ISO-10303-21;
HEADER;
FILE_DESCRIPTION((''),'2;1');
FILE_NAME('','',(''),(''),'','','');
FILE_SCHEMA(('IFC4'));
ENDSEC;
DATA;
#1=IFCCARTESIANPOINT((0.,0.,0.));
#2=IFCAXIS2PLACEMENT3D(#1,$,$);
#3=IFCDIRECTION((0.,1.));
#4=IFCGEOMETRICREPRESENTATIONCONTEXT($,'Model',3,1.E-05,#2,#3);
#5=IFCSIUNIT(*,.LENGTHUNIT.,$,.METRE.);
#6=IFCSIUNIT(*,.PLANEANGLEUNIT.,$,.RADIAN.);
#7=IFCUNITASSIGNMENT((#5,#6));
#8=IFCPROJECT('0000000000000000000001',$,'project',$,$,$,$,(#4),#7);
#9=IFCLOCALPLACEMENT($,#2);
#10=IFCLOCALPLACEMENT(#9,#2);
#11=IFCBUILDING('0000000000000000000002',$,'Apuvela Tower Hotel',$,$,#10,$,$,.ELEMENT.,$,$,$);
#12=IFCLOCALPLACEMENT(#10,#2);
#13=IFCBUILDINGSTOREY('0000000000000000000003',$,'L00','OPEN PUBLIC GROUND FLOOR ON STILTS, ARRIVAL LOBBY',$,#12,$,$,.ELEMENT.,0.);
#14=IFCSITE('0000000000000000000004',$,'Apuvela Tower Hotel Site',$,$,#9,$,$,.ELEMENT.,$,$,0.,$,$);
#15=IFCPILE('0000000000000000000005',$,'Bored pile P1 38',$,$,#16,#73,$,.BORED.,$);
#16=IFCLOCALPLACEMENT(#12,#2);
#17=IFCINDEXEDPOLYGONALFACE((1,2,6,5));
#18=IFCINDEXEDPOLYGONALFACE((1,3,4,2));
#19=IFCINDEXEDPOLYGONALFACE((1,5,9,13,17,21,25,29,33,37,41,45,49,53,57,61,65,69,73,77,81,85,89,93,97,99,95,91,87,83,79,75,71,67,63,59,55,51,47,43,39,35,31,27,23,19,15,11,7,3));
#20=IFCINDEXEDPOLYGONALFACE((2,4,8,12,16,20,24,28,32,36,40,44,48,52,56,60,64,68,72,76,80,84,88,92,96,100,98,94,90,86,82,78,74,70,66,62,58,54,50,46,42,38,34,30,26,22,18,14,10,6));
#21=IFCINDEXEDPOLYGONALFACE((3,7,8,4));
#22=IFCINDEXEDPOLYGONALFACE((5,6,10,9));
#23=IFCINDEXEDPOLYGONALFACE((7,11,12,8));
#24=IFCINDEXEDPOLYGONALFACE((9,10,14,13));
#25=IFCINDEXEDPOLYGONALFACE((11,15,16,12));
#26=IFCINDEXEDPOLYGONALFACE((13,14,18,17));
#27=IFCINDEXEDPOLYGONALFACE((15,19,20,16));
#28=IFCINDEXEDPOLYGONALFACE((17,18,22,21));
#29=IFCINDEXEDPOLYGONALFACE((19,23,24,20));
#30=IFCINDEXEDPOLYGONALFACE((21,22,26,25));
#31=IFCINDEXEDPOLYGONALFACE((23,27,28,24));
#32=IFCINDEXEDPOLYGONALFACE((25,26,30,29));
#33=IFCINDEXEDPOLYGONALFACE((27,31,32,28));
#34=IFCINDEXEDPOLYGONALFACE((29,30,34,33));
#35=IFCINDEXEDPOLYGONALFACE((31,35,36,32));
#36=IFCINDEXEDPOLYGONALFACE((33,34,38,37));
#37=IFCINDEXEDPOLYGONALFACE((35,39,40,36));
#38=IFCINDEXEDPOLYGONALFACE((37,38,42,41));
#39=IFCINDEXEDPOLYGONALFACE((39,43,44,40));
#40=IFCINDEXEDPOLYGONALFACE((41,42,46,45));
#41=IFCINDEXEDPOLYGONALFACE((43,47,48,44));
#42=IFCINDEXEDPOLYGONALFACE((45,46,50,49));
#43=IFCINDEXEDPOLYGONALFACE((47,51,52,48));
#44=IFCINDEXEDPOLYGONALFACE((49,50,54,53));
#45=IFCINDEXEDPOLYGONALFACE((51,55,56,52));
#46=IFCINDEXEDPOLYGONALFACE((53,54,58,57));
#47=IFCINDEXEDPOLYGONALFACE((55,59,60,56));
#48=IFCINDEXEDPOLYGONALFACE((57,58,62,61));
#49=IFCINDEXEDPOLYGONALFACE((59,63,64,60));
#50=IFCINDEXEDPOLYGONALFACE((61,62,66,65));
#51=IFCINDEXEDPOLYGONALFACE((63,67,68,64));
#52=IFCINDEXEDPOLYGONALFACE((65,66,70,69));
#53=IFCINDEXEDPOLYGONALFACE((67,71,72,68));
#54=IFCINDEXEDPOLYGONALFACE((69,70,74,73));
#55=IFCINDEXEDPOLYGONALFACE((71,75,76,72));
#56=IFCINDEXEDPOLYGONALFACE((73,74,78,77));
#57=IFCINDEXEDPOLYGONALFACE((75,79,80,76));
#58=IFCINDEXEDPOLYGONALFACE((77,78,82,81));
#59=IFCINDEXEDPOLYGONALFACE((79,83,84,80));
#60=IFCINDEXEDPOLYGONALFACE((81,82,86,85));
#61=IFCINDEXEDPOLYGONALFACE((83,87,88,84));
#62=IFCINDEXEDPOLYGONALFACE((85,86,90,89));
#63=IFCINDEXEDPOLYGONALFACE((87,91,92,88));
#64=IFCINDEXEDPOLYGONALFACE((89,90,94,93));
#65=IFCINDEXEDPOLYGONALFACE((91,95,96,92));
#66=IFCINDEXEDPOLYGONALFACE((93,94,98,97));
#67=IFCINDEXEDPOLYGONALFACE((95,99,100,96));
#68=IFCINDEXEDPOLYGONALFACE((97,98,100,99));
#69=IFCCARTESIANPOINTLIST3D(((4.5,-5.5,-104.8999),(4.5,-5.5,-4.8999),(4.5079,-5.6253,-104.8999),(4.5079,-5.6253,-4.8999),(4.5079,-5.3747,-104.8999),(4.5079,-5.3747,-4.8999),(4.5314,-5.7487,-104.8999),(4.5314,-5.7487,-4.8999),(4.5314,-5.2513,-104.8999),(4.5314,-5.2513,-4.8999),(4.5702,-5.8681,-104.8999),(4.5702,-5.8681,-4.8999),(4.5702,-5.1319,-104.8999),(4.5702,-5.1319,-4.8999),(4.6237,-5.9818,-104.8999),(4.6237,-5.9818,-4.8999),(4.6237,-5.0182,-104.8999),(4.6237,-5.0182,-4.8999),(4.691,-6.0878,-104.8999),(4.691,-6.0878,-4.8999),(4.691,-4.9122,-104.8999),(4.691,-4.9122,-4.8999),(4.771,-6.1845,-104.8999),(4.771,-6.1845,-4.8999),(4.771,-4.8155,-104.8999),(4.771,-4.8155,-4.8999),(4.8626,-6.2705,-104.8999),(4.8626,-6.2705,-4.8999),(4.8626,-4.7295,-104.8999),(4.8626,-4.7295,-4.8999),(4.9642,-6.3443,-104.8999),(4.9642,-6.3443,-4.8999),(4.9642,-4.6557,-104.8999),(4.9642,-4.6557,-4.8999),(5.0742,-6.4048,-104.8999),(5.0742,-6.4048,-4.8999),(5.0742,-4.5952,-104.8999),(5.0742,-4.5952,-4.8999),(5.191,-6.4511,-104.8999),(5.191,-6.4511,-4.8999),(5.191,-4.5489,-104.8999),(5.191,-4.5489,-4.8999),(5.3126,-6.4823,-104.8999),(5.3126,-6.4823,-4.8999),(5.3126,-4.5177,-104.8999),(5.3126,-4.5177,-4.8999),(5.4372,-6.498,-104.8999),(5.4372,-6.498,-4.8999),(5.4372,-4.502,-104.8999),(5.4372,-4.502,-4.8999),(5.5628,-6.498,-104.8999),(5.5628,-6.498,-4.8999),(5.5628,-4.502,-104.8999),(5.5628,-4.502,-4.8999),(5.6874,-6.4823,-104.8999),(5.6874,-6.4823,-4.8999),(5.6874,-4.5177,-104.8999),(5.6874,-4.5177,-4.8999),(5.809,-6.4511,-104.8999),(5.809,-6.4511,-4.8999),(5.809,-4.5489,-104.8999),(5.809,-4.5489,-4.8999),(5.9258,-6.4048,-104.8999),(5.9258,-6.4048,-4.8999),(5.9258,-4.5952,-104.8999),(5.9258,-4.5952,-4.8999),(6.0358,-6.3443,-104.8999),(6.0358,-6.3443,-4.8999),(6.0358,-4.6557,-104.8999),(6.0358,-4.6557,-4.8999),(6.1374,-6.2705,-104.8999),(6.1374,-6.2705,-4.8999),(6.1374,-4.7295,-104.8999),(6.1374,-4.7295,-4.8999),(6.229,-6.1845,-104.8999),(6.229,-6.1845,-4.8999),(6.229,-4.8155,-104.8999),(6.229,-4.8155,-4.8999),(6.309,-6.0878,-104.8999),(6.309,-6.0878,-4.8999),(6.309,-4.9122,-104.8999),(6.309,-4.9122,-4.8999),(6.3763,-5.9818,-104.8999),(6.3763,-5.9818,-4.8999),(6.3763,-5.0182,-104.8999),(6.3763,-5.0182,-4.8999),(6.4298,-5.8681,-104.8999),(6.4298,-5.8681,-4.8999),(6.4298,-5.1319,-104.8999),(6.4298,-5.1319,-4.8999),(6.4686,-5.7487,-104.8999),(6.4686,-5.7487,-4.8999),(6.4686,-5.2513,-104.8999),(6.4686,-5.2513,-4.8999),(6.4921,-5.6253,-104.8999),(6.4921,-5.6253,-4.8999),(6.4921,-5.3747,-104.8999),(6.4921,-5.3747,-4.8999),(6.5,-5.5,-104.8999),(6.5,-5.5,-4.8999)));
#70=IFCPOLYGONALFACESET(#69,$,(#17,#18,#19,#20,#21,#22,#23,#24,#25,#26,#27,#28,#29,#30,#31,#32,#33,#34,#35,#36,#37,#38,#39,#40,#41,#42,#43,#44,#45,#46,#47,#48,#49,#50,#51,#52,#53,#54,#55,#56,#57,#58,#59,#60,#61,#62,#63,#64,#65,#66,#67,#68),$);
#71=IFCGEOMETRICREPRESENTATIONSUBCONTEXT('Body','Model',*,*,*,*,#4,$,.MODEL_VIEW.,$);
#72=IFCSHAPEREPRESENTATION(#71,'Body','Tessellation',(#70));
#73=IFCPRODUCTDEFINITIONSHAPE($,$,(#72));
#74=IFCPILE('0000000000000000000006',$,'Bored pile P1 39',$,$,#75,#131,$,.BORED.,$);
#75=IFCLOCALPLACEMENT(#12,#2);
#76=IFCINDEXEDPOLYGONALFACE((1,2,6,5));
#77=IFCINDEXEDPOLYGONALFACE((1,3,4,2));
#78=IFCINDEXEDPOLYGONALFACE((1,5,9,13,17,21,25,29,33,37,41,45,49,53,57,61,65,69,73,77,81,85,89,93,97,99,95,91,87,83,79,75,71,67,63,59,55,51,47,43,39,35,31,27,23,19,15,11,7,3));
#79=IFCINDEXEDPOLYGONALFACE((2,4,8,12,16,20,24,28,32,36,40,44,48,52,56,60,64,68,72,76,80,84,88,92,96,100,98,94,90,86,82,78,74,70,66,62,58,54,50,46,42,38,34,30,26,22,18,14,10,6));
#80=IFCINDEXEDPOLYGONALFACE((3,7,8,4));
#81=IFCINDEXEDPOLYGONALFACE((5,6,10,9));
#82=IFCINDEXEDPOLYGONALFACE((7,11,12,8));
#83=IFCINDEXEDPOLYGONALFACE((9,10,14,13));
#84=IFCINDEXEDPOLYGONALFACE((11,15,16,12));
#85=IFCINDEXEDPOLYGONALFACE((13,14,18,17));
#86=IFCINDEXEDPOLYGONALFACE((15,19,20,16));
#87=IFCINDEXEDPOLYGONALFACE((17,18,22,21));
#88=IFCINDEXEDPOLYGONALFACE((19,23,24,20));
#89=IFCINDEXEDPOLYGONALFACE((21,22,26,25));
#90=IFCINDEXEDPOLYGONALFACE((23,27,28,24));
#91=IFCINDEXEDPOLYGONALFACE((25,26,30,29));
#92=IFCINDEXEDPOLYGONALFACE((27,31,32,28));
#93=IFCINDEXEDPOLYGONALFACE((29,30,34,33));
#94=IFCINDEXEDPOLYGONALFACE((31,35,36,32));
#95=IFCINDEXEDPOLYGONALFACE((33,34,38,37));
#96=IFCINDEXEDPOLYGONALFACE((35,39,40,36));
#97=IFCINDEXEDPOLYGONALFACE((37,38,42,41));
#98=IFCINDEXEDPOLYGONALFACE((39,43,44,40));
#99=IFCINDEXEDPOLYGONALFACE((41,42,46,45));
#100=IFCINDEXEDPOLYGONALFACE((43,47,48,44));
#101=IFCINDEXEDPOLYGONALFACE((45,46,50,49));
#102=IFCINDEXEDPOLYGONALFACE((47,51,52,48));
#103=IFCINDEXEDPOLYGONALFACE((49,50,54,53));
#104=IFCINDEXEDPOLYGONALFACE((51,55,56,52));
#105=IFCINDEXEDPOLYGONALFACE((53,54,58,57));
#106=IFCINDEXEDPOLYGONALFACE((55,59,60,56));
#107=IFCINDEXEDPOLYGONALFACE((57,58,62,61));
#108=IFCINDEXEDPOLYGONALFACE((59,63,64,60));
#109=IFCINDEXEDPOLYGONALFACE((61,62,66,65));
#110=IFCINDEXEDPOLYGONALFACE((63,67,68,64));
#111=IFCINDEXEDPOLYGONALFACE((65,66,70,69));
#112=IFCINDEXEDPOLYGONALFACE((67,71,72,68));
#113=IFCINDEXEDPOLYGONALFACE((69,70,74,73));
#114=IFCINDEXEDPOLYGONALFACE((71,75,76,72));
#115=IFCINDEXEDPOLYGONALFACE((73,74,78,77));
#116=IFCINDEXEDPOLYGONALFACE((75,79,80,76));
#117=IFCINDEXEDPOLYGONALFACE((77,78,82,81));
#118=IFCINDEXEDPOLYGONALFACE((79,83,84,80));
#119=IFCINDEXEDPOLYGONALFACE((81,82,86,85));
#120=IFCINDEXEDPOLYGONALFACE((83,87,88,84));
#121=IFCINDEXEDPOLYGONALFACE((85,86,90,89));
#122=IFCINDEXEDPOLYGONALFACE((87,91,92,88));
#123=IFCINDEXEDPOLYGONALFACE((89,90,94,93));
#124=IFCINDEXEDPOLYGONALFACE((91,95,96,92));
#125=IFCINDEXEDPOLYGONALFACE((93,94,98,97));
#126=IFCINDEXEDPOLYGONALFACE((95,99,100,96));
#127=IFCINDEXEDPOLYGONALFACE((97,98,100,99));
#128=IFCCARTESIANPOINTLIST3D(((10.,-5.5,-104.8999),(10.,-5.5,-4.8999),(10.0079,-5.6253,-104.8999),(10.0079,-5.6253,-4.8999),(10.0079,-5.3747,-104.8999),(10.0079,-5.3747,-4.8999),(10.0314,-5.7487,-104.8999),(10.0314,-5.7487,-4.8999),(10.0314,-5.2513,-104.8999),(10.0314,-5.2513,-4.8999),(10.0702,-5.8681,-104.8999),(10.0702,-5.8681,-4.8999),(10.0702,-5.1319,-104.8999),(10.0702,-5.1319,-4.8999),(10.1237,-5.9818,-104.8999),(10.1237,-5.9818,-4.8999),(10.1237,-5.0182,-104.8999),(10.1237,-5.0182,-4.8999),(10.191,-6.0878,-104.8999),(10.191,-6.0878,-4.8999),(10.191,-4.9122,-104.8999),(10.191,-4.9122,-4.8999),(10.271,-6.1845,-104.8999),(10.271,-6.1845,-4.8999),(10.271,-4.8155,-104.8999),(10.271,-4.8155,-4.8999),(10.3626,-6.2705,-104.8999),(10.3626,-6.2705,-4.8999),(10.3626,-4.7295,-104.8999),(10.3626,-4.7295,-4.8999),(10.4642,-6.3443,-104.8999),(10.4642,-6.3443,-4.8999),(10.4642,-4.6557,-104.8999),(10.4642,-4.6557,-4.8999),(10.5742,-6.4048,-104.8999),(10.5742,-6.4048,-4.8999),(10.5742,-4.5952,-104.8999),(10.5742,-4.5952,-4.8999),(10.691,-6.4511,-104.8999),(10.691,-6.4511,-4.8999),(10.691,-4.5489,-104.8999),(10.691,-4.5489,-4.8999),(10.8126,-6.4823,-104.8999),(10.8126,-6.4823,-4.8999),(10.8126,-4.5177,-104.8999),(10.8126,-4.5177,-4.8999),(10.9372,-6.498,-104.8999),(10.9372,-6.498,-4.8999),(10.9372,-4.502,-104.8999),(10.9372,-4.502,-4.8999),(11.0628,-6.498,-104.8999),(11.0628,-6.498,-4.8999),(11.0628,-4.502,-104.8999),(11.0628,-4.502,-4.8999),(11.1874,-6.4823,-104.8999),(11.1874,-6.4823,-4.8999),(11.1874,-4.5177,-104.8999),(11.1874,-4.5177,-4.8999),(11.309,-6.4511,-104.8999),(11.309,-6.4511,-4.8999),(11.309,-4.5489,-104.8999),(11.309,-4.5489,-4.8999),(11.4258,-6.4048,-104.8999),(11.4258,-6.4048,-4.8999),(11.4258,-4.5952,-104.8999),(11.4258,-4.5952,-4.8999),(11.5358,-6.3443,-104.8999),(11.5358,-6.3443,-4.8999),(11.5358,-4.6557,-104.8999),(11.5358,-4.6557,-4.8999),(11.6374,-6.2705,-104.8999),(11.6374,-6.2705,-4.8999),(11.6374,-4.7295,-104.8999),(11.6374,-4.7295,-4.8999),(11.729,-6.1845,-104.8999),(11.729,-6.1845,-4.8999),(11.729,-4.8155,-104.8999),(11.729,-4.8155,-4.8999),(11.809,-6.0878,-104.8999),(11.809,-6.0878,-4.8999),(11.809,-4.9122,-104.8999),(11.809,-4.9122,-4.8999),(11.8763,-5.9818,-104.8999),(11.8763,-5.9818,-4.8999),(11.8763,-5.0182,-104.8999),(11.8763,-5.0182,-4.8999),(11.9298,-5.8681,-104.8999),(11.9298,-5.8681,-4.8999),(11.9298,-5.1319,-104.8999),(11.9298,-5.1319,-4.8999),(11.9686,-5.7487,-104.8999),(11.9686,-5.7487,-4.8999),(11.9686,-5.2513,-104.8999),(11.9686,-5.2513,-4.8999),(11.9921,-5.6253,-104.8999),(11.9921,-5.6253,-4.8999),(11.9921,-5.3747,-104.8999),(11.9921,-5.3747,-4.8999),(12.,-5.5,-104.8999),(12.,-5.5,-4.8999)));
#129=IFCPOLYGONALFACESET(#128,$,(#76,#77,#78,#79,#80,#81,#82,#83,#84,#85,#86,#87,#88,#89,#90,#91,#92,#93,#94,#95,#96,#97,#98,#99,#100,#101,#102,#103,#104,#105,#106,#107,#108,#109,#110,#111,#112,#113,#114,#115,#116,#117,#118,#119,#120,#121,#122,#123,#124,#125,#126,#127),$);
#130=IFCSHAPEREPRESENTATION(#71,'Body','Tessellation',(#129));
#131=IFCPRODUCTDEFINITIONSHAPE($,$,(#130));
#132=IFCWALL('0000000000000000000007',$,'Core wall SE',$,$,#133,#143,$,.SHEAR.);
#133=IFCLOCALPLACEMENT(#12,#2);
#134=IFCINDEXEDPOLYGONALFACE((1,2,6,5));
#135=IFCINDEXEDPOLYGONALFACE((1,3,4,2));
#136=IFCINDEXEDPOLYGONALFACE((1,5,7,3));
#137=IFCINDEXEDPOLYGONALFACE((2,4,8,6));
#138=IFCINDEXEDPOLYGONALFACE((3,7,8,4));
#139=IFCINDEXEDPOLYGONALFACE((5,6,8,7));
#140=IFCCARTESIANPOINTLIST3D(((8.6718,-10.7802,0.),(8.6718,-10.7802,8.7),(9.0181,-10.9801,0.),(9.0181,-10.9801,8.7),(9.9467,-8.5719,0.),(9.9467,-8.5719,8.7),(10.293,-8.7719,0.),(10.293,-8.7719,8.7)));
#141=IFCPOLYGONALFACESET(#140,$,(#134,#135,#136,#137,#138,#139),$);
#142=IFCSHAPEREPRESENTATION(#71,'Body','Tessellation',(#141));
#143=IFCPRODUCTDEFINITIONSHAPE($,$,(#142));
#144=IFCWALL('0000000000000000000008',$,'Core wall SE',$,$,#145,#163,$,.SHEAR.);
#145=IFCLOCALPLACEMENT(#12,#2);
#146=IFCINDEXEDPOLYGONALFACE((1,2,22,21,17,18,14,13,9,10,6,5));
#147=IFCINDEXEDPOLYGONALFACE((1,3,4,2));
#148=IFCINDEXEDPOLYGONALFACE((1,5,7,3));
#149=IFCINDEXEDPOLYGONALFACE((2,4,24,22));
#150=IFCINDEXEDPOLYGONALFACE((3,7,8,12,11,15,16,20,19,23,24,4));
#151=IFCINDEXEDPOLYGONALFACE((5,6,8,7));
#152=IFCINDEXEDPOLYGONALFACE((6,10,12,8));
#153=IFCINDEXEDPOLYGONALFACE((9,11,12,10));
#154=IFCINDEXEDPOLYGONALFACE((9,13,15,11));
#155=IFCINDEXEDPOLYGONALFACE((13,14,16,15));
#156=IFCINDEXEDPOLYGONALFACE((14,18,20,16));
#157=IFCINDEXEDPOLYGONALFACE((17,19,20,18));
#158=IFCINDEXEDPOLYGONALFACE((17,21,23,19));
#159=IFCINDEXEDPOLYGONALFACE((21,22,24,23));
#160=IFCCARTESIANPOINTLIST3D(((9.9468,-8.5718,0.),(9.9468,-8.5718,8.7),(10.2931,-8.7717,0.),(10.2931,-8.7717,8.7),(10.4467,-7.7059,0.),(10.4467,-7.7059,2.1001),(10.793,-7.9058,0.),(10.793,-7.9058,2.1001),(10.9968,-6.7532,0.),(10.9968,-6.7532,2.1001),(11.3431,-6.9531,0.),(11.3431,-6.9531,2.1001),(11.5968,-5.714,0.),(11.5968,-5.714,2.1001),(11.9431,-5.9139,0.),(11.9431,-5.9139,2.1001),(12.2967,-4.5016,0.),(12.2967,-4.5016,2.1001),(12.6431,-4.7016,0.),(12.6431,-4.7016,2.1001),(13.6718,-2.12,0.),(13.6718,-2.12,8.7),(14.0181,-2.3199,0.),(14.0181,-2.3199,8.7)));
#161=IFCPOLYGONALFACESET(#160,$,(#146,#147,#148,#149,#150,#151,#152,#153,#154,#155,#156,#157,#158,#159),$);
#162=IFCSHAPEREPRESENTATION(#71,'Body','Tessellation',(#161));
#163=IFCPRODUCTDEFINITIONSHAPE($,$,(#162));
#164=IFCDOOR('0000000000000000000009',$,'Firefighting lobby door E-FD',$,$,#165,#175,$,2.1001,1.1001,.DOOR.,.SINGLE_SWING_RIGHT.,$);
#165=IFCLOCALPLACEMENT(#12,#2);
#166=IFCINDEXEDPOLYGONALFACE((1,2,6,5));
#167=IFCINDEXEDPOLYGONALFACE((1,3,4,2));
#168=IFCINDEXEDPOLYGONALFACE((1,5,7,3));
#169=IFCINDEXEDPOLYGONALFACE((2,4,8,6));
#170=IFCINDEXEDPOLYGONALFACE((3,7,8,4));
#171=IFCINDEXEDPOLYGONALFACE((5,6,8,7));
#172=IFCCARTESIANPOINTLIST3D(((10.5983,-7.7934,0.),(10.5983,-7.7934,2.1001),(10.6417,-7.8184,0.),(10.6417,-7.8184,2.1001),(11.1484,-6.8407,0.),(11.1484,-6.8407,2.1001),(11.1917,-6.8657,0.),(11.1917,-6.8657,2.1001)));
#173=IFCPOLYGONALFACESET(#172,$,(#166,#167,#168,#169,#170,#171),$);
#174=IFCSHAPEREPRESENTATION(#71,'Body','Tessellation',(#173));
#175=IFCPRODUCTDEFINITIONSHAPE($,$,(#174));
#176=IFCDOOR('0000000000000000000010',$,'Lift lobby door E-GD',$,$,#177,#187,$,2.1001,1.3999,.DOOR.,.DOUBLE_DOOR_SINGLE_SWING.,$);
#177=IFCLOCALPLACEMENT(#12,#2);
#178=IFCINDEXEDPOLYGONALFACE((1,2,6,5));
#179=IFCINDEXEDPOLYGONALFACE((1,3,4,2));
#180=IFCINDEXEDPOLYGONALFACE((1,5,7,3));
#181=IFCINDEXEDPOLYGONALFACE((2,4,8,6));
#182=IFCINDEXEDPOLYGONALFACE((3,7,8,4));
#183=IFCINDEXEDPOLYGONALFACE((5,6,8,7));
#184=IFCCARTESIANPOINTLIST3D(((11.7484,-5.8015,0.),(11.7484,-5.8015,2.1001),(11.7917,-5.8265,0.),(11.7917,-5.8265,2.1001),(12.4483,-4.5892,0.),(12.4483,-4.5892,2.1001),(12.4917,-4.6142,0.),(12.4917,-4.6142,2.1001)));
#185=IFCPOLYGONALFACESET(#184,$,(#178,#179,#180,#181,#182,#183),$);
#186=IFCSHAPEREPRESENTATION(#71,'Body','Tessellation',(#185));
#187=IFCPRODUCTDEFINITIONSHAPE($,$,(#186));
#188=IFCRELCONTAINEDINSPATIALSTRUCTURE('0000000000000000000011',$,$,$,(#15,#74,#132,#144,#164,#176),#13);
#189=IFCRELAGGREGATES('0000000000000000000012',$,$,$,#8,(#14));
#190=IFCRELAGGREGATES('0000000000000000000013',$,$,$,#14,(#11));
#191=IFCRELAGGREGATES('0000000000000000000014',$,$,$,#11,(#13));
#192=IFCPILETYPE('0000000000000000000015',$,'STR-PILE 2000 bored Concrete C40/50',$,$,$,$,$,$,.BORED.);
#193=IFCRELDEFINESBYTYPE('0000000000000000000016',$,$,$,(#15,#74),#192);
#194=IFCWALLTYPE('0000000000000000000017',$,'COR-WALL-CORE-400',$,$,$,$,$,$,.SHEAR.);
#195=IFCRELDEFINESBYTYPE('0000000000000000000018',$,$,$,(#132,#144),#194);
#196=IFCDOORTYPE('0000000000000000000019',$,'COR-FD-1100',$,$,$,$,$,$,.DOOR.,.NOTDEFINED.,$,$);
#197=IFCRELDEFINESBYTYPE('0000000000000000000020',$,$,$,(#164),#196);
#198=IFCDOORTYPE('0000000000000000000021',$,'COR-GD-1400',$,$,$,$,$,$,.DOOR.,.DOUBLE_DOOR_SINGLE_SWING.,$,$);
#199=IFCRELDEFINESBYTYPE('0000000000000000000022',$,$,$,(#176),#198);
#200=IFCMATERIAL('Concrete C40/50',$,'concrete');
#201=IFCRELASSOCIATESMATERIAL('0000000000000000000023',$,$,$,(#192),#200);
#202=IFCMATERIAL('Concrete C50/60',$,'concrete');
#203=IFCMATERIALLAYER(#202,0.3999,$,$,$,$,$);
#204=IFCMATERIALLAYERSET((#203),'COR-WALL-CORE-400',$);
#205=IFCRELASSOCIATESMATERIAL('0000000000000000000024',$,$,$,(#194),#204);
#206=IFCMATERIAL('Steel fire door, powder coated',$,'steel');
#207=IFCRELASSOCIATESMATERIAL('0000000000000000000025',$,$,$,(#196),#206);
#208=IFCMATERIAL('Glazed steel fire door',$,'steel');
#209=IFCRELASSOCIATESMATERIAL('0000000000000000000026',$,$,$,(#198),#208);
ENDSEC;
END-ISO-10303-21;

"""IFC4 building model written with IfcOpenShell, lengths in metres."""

from ifc_helpers import new_model, si_unit, direction, frame, frame_2d, origin, origin_2d, place, context, subcontext, project, spatial, rectangle, circle, extrude, material, layer, layer_set, material_profile, profile_set, type_object, element, fill, save


model = new_model("IFC4")

# Units and contexts
model_context = context("Model", 3, precision=1e-05, world=origin(), true_north=direction((0.0, 1.0)))
body_context = subcontext(model_context, "Body", "Model", "MODEL_VIEW")
ifc_project = project(units=[si_unit("LENGTHUNIT", "METRE"), si_unit("PLANEANGLEUNIT", "RADIAN")], contexts=[model_context])

# Site, building, storey
site_placement = place(None, origin())
site = spatial("IfcSite", under=ifc_project, at=site_placement, Name="Apuvela Tower Hotel Site", CompositionType="ELEMENT", RefElevation=0.0)
building_placement = place(site_placement, origin())
building = spatial("IfcBuilding", under=site, at=building_placement, Name="Apuvela Tower Hotel", CompositionType="ELEMENT")
storey_placement = place(building_placement, origin())
storey = spatial("IfcBuildingStorey", under=building, at=storey_placement, Name="L00", Description="OPEN PUBLIC GROUND FLOOR ON STILTS, ARRIVAL LOBBY", CompositionType="ELEMENT", Elevation=0.0)

# Piles
ifc_material_1 = material(Name="Concrete C40/50", Category="concrete")
ifc_material_profile = material_profile(ifc_material_1, circle(Radius=1.0, at=origin_2d()), Name="PILE 2000")
ifc_profile_set = profile_set([ifc_material_profile], Name="Concrete C40/50")
pile_type = type_object("IfcPileType", Name="STR-PILE 2000 bored Concrete C40/50", PredefinedType="BORED", material=ifc_profile_set)
for number, where, z_axis, x_axis, name in (
    (1, (5.5, -5.5, -4.8999), (0.0, 0.0, -1.0), (1.0, 0.0, 0.0), "Bored pile P1 38"),
    (2, (11.0, -5.5, -4.8999), (0.0, 0.0, -1.0), (1.0, 0.0, 0.0), "Bored pile P1 39"),
):
    element("IfcPile", number, at=place(storey_placement, frame(where, z_axis=z_axis, x_axis=x_axis)), inside=storey, type_object=pile_type, Name=name, PredefinedType="BORED", context=body_context, shape_type="SweptSolid", body=[
        extrude(circle(Radius=1.0, at=origin_2d()), origin(), (0.0, 0.0, 1.0), 100.0),
    ])

# Wall
ifc_material_2 = material(Name="Concrete C50/60", Category="concrete")
ifc_layer_1 = layer(ifc_material_2, 0.3999)
ifc_layer_set_1 = layer_set([ifc_layer_1], Name="COR-WALL-CORE-400")
wall_type_1 = type_object("IfcWallType", Name="COR-WALL-CORE-400", PredefinedType="SHEAR", material=ifc_layer_set_1)
wall_1_placement = place(storey_placement, frame((8.845, -10.8801, 0.0), z_axis=(0.0, 0.0, 1.0), x_axis=(0.49999, 0.866031, 0.0)))
element("IfcWall", 3, at=wall_1_placement, inside=storey, type_object=wall_type_1, Name="Core wall SE", PredefinedType="SHEAR", context=body_context, shape_type="SweptSolid", body=[
    extrude(rectangle(XDim=2.5498, YDim=0.3999, at=frame_2d((1.2749, 0.0))), origin(), (0.0, 0.0, 1.0), 8.7),
])

# Wall, openings, doors
wall_2_placement = place(storey_placement, frame((10.1199, -8.6719, 0.0), z_axis=(0.0, 0.0, 1.0), x_axis=(0.500009, 0.86602, 0.0)))
wall_2 = element("IfcWall", 4, at=wall_2_placement, inside=storey, type_object=wall_type_1, Name="Core wall SE", PredefinedType="SHEAR", context=body_context, shape_type="SweptSolid", body=[
    extrude(rectangle(XDim=7.45, YDim=0.3999, at=frame_2d((3.7251, 0.0))), origin(), (0.0, 0.0, 1.0), 8.7),
])
opening_1_placement = place(wall_2_placement, frame((1.0, 0.0, 0.0)))
opening_1 = element("IfcOpeningElement", 5, at=opening_1_placement, cuts=wall_2, PredefinedType="OPENING", context=body_context, shape_type="SweptSolid", body=[
    extrude(rectangle(XDim=1.1001, YDim=2.1001, at=frame_2d((0.55, 1.05))), frame((0.0, 0.21, 0.0), z_axis=(0.0, -1.0, 0.0), x_axis=(1.0, 0.0, 0.0)), (0.0, 0.0, 1.0), 0.4199),
])
opening_2_placement = place(wall_2_placement, frame((3.3, 0.0, 0.0)))
opening_2 = element("IfcOpeningElement", 6, at=opening_2_placement, cuts=wall_2, PredefinedType="OPENING", context=body_context, shape_type="SweptSolid", body=[
    extrude(rectangle(XDim=1.3999, YDim=2.1001, at=frame_2d((0.7, 1.05))), frame((0.0, 0.21, 0.0), z_axis=(0.0, -1.0, 0.0), x_axis=(1.0, 0.0, 0.0)), (0.0, 0.0, 1.0), 0.4199),
])
ifc_material_3 = material(Name="Steel fire door, powder coated", Category="steel")
door_type_1 = type_object("IfcDoorType", Name="COR-FD-1100", OperationType="NOTDEFINED", PredefinedType="DOOR", material=ifc_material_3)
door_1_placement = place(opening_1_placement, origin())
door_1 = element("IfcDoor", 7, at=door_1_placement, inside=storey, type_object=door_type_1, Name="Firefighting lobby door E-FD", OperationType="SINGLE_SWING_RIGHT", OverallHeight=2.1001, OverallWidth=1.1001, PredefinedType="DOOR", context=body_context, shape_type="SweptSolid", body=[
    extrude(rectangle(XDim=1.1001, YDim=2.1001, at=frame_2d((0.55, 1.05))), frame((0.0, 0.0249, 0.0), z_axis=(0.0, -1.0, 0.0), x_axis=(1.0, 0.0, 0.0)), (0.0, 0.0, 1.0), 0.05),
])
fill(opening_1, door_1)
ifc_material_4 = material(Name="Glazed steel fire door", Category="steel")
door_type_2 = type_object("IfcDoorType", Name="COR-GD-1400", OperationType="DOUBLE_DOOR_SINGLE_SWING", PredefinedType="DOOR", material=ifc_material_4)
door_2_placement = place(opening_2_placement, origin())
door_2 = element("IfcDoor", 8, at=door_2_placement, inside=storey, type_object=door_type_2, Name="Lift lobby door E-GD", OperationType="DOUBLE_DOOR_SINGLE_SWING", OverallHeight=2.1001, OverallWidth=1.3999, PredefinedType="DOOR", context=body_context, shape_type="SweptSolid", body=[
    extrude(rectangle(XDim=1.3999, YDim=2.1001, at=frame_2d((0.7, 1.05))), frame((0.0, 0.0249, 0.0), z_axis=(0.0, -1.0, 0.0), x_axis=(1.0, 0.0, 0.0)), (0.0, 0.0, 1.0), 0.05),
])
fill(opening_2, door_2)

save(model, "model.ifc")
